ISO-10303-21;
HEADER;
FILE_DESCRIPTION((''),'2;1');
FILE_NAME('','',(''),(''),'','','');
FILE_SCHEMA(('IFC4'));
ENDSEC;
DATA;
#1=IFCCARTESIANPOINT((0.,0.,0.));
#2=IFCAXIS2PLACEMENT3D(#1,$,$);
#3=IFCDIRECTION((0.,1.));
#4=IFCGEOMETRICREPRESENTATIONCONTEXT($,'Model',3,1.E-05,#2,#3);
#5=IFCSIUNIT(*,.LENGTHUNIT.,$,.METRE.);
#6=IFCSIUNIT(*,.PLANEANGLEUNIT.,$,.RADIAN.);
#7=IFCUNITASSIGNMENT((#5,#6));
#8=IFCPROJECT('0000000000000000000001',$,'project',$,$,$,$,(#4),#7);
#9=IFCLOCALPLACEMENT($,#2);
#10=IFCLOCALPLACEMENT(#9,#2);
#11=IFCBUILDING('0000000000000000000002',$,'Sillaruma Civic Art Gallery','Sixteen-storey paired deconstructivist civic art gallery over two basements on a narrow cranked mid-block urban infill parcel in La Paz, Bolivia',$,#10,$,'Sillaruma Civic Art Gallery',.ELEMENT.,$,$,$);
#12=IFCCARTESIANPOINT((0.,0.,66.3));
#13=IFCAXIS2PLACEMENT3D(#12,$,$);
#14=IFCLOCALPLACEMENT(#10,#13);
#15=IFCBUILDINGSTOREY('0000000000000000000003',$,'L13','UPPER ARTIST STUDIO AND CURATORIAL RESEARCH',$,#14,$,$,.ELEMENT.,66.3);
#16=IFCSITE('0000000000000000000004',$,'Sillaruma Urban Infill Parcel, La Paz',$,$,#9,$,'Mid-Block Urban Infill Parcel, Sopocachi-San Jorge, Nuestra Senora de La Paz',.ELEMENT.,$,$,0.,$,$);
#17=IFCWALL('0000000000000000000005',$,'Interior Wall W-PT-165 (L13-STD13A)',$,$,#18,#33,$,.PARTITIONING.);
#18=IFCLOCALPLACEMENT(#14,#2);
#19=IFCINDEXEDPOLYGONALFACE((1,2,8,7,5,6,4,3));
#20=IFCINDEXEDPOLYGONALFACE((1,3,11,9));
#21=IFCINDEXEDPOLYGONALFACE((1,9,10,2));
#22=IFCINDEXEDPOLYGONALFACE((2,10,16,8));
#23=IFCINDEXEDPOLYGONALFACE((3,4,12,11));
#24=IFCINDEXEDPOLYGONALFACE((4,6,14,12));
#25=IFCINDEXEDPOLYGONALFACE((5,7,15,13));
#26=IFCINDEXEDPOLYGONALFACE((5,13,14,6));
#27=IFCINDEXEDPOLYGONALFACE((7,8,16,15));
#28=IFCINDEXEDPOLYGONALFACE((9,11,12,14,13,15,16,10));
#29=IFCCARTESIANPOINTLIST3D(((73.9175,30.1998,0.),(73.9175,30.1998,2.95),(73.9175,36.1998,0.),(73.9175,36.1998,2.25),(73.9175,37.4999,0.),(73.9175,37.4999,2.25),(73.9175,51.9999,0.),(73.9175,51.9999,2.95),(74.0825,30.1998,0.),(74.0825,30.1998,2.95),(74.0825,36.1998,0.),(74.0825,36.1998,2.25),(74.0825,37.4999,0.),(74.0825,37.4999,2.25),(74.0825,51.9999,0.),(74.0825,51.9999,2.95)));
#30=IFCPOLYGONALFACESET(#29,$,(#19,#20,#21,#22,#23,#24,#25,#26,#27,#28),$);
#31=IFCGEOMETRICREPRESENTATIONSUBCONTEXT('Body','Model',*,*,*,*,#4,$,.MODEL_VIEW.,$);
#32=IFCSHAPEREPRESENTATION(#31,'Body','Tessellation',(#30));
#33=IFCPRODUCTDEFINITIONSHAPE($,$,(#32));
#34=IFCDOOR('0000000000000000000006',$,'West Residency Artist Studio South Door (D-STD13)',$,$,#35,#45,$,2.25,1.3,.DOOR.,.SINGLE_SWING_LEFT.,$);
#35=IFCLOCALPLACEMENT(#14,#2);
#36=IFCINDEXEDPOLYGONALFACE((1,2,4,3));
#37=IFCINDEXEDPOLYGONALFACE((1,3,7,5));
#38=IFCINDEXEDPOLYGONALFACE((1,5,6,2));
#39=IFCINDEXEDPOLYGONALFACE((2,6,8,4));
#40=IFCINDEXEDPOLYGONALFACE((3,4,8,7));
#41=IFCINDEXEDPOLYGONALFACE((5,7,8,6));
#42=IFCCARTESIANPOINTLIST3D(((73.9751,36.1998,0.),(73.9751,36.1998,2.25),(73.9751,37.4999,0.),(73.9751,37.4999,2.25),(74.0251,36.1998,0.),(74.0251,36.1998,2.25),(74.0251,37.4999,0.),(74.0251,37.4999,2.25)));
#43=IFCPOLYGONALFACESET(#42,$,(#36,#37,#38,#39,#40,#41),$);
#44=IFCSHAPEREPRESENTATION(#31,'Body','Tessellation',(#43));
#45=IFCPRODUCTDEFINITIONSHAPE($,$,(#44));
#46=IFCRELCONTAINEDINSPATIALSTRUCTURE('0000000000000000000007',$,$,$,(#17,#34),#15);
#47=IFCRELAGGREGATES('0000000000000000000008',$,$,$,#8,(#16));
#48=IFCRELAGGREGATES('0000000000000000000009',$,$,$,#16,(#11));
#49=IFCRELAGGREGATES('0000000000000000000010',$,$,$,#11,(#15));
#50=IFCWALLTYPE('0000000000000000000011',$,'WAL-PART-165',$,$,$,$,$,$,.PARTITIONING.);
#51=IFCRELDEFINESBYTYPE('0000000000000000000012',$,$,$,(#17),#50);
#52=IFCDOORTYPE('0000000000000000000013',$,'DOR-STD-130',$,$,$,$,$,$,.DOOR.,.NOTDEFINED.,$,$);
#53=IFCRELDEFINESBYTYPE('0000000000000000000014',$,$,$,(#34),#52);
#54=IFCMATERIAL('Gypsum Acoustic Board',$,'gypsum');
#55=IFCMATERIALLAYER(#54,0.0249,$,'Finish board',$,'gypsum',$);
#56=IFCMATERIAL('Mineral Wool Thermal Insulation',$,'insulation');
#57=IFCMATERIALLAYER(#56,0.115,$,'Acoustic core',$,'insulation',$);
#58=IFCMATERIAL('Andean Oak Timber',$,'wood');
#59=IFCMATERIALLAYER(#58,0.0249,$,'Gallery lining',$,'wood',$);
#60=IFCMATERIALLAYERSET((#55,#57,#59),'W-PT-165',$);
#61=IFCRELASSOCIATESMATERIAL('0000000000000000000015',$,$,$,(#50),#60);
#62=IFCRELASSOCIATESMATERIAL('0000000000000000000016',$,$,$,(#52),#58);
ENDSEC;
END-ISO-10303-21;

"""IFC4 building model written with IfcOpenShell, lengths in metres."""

from ifc_helpers import new_model, si_unit, direction, frame, frame_2d, origin, place, context, subcontext, project, spatial, rectangle, extrude, material, layer, layer_set, type_object, element, fill, save


model = new_model("IFC4")

# Units and contexts
model_context = context("Model", 3, precision=1e-05, world=origin(), true_north=direction((0.0, 1.0)))
body_context = subcontext(model_context, "Body", "Model", "MODEL_VIEW")
ifc_project = project(units=[si_unit("LENGTHUNIT", "METRE"), si_unit("PLANEANGLEUNIT", "RADIAN")], contexts=[model_context])

# Site, building, storey
site_placement = place(None, origin())
site = spatial("IfcSite", under=ifc_project, at=site_placement, Name="Sillaruma Urban Infill Parcel, La Paz", LongName="Mid-Block Urban Infill Parcel, Sopocachi-San Jorge, Nuestra Senora de La Paz", CompositionType="ELEMENT", RefElevation=0.0)
building_placement = place(site_placement, origin())
building = spatial("IfcBuilding", under=site, at=building_placement, Name="Sillaruma Civic Art Gallery", Description="Sixteen-storey paired deconstructivist civic art gallery over two basements on a narrow cranked mid-block urban infill parcel in La Paz, Bolivia", LongName="Sillaruma Civic Art Gallery", CompositionType="ELEMENT")
storey_placement = place(building_placement, frame((0.0, 0.0, 66.3)))
storey = spatial("IfcBuildingStorey", under=building, at=storey_placement, Name="L13", Description="UPPER ARTIST STUDIO AND CURATORIAL RESEARCH", CompositionType="ELEMENT", Elevation=66.3)

# Wall, opening, door
ifc_material_1 = material(Name="Gypsum Acoustic Board", Category="gypsum")
ifc_layer_1 = layer(ifc_material_1, 0.0249, Name="Finish board", Category="gypsum")
ifc_material_2 = material(Name="Mineral Wool Thermal Insulation", Category="insulation")
ifc_layer_2 = layer(ifc_material_2, 0.115, Name="Acoustic core", Category="insulation")
ifc_material_3 = material(Name="Andean Oak Timber", Category="wood")
ifc_layer_3 = layer(ifc_material_3, 0.0249, Name="Gallery lining", Category="wood")
ifc_layer_set_1 = layer_set([ifc_layer_1, ifc_layer_2, ifc_layer_3], Name="W-PT-165")
wall_type_1 = type_object("IfcWallType", Name="WAL-PART-165", PredefinedType="PARTITIONING", material=ifc_layer_set_1)
wall_1_placement = place(storey_placement, frame((74.0, 30.2, 0.0), z_axis=(0.0, 0.0, 1.0), x_axis=(0.0, 1.0, 0.0)))
wall_1 = element("IfcWall", 1, at=wall_1_placement, inside=storey, type_object=wall_type_1, Name="Interior Wall W-PT-165 (L13-STD13A)", PredefinedType="PARTITIONING", context=body_context, shape_type="SweptSolid", body=[
    extrude(rectangle(XDim=21.8, YDim=0.165, at=frame_2d((10.8999, 0.0))), origin(), (0.0, 0.0, 1.0), 2.95),
])
opening_1_placement = place(wall_1_placement, frame((6.0, 0.0, 0.0)))
opening_1 = element("IfcOpeningElement", 2, at=opening_1_placement, cuts=wall_1, PredefinedType="OPENING", context=body_context, shape_type="SweptSolid", body=[
    extrude(rectangle(XDim=1.3, YDim=2.25, at=frame_2d((0.6499, 1.125))), frame((0.0, 0.0925, 0.0), z_axis=(0.0, -1.0, 0.0), x_axis=(1.0, 0.0, 0.0)), (0.0, 0.0, 1.0), 0.1851),
])
door_type_1 = type_object("IfcDoorType", Name="DOR-STD-130", OperationType="NOTDEFINED", PredefinedType="DOOR", material=ifc_material_3)
door_1_placement = place(opening_1_placement, origin())
door_1 = element("IfcDoor", 3, at=door_1_placement, inside=storey, type_object=door_type_1, Name="West Residency Artist Studio South Door (D-STD13)", OperationType="SINGLE_SWING_LEFT", OverallHeight=2.25, OverallWidth=1.3, PredefinedType="DOOR", context=body_context, shape_type="SweptSolid", body=[
    extrude(rectangle(XDim=1.3, YDim=2.25, at=frame_2d((0.6499, 1.125))), frame((0.0, 0.0249, 0.0), z_axis=(0.0, -1.0, 0.0), x_axis=(1.0, 0.0, 0.0)), (0.0, 0.0, 1.0), 0.05),
])
fill(opening_1, door_1)

save(model, "model.ifc")
